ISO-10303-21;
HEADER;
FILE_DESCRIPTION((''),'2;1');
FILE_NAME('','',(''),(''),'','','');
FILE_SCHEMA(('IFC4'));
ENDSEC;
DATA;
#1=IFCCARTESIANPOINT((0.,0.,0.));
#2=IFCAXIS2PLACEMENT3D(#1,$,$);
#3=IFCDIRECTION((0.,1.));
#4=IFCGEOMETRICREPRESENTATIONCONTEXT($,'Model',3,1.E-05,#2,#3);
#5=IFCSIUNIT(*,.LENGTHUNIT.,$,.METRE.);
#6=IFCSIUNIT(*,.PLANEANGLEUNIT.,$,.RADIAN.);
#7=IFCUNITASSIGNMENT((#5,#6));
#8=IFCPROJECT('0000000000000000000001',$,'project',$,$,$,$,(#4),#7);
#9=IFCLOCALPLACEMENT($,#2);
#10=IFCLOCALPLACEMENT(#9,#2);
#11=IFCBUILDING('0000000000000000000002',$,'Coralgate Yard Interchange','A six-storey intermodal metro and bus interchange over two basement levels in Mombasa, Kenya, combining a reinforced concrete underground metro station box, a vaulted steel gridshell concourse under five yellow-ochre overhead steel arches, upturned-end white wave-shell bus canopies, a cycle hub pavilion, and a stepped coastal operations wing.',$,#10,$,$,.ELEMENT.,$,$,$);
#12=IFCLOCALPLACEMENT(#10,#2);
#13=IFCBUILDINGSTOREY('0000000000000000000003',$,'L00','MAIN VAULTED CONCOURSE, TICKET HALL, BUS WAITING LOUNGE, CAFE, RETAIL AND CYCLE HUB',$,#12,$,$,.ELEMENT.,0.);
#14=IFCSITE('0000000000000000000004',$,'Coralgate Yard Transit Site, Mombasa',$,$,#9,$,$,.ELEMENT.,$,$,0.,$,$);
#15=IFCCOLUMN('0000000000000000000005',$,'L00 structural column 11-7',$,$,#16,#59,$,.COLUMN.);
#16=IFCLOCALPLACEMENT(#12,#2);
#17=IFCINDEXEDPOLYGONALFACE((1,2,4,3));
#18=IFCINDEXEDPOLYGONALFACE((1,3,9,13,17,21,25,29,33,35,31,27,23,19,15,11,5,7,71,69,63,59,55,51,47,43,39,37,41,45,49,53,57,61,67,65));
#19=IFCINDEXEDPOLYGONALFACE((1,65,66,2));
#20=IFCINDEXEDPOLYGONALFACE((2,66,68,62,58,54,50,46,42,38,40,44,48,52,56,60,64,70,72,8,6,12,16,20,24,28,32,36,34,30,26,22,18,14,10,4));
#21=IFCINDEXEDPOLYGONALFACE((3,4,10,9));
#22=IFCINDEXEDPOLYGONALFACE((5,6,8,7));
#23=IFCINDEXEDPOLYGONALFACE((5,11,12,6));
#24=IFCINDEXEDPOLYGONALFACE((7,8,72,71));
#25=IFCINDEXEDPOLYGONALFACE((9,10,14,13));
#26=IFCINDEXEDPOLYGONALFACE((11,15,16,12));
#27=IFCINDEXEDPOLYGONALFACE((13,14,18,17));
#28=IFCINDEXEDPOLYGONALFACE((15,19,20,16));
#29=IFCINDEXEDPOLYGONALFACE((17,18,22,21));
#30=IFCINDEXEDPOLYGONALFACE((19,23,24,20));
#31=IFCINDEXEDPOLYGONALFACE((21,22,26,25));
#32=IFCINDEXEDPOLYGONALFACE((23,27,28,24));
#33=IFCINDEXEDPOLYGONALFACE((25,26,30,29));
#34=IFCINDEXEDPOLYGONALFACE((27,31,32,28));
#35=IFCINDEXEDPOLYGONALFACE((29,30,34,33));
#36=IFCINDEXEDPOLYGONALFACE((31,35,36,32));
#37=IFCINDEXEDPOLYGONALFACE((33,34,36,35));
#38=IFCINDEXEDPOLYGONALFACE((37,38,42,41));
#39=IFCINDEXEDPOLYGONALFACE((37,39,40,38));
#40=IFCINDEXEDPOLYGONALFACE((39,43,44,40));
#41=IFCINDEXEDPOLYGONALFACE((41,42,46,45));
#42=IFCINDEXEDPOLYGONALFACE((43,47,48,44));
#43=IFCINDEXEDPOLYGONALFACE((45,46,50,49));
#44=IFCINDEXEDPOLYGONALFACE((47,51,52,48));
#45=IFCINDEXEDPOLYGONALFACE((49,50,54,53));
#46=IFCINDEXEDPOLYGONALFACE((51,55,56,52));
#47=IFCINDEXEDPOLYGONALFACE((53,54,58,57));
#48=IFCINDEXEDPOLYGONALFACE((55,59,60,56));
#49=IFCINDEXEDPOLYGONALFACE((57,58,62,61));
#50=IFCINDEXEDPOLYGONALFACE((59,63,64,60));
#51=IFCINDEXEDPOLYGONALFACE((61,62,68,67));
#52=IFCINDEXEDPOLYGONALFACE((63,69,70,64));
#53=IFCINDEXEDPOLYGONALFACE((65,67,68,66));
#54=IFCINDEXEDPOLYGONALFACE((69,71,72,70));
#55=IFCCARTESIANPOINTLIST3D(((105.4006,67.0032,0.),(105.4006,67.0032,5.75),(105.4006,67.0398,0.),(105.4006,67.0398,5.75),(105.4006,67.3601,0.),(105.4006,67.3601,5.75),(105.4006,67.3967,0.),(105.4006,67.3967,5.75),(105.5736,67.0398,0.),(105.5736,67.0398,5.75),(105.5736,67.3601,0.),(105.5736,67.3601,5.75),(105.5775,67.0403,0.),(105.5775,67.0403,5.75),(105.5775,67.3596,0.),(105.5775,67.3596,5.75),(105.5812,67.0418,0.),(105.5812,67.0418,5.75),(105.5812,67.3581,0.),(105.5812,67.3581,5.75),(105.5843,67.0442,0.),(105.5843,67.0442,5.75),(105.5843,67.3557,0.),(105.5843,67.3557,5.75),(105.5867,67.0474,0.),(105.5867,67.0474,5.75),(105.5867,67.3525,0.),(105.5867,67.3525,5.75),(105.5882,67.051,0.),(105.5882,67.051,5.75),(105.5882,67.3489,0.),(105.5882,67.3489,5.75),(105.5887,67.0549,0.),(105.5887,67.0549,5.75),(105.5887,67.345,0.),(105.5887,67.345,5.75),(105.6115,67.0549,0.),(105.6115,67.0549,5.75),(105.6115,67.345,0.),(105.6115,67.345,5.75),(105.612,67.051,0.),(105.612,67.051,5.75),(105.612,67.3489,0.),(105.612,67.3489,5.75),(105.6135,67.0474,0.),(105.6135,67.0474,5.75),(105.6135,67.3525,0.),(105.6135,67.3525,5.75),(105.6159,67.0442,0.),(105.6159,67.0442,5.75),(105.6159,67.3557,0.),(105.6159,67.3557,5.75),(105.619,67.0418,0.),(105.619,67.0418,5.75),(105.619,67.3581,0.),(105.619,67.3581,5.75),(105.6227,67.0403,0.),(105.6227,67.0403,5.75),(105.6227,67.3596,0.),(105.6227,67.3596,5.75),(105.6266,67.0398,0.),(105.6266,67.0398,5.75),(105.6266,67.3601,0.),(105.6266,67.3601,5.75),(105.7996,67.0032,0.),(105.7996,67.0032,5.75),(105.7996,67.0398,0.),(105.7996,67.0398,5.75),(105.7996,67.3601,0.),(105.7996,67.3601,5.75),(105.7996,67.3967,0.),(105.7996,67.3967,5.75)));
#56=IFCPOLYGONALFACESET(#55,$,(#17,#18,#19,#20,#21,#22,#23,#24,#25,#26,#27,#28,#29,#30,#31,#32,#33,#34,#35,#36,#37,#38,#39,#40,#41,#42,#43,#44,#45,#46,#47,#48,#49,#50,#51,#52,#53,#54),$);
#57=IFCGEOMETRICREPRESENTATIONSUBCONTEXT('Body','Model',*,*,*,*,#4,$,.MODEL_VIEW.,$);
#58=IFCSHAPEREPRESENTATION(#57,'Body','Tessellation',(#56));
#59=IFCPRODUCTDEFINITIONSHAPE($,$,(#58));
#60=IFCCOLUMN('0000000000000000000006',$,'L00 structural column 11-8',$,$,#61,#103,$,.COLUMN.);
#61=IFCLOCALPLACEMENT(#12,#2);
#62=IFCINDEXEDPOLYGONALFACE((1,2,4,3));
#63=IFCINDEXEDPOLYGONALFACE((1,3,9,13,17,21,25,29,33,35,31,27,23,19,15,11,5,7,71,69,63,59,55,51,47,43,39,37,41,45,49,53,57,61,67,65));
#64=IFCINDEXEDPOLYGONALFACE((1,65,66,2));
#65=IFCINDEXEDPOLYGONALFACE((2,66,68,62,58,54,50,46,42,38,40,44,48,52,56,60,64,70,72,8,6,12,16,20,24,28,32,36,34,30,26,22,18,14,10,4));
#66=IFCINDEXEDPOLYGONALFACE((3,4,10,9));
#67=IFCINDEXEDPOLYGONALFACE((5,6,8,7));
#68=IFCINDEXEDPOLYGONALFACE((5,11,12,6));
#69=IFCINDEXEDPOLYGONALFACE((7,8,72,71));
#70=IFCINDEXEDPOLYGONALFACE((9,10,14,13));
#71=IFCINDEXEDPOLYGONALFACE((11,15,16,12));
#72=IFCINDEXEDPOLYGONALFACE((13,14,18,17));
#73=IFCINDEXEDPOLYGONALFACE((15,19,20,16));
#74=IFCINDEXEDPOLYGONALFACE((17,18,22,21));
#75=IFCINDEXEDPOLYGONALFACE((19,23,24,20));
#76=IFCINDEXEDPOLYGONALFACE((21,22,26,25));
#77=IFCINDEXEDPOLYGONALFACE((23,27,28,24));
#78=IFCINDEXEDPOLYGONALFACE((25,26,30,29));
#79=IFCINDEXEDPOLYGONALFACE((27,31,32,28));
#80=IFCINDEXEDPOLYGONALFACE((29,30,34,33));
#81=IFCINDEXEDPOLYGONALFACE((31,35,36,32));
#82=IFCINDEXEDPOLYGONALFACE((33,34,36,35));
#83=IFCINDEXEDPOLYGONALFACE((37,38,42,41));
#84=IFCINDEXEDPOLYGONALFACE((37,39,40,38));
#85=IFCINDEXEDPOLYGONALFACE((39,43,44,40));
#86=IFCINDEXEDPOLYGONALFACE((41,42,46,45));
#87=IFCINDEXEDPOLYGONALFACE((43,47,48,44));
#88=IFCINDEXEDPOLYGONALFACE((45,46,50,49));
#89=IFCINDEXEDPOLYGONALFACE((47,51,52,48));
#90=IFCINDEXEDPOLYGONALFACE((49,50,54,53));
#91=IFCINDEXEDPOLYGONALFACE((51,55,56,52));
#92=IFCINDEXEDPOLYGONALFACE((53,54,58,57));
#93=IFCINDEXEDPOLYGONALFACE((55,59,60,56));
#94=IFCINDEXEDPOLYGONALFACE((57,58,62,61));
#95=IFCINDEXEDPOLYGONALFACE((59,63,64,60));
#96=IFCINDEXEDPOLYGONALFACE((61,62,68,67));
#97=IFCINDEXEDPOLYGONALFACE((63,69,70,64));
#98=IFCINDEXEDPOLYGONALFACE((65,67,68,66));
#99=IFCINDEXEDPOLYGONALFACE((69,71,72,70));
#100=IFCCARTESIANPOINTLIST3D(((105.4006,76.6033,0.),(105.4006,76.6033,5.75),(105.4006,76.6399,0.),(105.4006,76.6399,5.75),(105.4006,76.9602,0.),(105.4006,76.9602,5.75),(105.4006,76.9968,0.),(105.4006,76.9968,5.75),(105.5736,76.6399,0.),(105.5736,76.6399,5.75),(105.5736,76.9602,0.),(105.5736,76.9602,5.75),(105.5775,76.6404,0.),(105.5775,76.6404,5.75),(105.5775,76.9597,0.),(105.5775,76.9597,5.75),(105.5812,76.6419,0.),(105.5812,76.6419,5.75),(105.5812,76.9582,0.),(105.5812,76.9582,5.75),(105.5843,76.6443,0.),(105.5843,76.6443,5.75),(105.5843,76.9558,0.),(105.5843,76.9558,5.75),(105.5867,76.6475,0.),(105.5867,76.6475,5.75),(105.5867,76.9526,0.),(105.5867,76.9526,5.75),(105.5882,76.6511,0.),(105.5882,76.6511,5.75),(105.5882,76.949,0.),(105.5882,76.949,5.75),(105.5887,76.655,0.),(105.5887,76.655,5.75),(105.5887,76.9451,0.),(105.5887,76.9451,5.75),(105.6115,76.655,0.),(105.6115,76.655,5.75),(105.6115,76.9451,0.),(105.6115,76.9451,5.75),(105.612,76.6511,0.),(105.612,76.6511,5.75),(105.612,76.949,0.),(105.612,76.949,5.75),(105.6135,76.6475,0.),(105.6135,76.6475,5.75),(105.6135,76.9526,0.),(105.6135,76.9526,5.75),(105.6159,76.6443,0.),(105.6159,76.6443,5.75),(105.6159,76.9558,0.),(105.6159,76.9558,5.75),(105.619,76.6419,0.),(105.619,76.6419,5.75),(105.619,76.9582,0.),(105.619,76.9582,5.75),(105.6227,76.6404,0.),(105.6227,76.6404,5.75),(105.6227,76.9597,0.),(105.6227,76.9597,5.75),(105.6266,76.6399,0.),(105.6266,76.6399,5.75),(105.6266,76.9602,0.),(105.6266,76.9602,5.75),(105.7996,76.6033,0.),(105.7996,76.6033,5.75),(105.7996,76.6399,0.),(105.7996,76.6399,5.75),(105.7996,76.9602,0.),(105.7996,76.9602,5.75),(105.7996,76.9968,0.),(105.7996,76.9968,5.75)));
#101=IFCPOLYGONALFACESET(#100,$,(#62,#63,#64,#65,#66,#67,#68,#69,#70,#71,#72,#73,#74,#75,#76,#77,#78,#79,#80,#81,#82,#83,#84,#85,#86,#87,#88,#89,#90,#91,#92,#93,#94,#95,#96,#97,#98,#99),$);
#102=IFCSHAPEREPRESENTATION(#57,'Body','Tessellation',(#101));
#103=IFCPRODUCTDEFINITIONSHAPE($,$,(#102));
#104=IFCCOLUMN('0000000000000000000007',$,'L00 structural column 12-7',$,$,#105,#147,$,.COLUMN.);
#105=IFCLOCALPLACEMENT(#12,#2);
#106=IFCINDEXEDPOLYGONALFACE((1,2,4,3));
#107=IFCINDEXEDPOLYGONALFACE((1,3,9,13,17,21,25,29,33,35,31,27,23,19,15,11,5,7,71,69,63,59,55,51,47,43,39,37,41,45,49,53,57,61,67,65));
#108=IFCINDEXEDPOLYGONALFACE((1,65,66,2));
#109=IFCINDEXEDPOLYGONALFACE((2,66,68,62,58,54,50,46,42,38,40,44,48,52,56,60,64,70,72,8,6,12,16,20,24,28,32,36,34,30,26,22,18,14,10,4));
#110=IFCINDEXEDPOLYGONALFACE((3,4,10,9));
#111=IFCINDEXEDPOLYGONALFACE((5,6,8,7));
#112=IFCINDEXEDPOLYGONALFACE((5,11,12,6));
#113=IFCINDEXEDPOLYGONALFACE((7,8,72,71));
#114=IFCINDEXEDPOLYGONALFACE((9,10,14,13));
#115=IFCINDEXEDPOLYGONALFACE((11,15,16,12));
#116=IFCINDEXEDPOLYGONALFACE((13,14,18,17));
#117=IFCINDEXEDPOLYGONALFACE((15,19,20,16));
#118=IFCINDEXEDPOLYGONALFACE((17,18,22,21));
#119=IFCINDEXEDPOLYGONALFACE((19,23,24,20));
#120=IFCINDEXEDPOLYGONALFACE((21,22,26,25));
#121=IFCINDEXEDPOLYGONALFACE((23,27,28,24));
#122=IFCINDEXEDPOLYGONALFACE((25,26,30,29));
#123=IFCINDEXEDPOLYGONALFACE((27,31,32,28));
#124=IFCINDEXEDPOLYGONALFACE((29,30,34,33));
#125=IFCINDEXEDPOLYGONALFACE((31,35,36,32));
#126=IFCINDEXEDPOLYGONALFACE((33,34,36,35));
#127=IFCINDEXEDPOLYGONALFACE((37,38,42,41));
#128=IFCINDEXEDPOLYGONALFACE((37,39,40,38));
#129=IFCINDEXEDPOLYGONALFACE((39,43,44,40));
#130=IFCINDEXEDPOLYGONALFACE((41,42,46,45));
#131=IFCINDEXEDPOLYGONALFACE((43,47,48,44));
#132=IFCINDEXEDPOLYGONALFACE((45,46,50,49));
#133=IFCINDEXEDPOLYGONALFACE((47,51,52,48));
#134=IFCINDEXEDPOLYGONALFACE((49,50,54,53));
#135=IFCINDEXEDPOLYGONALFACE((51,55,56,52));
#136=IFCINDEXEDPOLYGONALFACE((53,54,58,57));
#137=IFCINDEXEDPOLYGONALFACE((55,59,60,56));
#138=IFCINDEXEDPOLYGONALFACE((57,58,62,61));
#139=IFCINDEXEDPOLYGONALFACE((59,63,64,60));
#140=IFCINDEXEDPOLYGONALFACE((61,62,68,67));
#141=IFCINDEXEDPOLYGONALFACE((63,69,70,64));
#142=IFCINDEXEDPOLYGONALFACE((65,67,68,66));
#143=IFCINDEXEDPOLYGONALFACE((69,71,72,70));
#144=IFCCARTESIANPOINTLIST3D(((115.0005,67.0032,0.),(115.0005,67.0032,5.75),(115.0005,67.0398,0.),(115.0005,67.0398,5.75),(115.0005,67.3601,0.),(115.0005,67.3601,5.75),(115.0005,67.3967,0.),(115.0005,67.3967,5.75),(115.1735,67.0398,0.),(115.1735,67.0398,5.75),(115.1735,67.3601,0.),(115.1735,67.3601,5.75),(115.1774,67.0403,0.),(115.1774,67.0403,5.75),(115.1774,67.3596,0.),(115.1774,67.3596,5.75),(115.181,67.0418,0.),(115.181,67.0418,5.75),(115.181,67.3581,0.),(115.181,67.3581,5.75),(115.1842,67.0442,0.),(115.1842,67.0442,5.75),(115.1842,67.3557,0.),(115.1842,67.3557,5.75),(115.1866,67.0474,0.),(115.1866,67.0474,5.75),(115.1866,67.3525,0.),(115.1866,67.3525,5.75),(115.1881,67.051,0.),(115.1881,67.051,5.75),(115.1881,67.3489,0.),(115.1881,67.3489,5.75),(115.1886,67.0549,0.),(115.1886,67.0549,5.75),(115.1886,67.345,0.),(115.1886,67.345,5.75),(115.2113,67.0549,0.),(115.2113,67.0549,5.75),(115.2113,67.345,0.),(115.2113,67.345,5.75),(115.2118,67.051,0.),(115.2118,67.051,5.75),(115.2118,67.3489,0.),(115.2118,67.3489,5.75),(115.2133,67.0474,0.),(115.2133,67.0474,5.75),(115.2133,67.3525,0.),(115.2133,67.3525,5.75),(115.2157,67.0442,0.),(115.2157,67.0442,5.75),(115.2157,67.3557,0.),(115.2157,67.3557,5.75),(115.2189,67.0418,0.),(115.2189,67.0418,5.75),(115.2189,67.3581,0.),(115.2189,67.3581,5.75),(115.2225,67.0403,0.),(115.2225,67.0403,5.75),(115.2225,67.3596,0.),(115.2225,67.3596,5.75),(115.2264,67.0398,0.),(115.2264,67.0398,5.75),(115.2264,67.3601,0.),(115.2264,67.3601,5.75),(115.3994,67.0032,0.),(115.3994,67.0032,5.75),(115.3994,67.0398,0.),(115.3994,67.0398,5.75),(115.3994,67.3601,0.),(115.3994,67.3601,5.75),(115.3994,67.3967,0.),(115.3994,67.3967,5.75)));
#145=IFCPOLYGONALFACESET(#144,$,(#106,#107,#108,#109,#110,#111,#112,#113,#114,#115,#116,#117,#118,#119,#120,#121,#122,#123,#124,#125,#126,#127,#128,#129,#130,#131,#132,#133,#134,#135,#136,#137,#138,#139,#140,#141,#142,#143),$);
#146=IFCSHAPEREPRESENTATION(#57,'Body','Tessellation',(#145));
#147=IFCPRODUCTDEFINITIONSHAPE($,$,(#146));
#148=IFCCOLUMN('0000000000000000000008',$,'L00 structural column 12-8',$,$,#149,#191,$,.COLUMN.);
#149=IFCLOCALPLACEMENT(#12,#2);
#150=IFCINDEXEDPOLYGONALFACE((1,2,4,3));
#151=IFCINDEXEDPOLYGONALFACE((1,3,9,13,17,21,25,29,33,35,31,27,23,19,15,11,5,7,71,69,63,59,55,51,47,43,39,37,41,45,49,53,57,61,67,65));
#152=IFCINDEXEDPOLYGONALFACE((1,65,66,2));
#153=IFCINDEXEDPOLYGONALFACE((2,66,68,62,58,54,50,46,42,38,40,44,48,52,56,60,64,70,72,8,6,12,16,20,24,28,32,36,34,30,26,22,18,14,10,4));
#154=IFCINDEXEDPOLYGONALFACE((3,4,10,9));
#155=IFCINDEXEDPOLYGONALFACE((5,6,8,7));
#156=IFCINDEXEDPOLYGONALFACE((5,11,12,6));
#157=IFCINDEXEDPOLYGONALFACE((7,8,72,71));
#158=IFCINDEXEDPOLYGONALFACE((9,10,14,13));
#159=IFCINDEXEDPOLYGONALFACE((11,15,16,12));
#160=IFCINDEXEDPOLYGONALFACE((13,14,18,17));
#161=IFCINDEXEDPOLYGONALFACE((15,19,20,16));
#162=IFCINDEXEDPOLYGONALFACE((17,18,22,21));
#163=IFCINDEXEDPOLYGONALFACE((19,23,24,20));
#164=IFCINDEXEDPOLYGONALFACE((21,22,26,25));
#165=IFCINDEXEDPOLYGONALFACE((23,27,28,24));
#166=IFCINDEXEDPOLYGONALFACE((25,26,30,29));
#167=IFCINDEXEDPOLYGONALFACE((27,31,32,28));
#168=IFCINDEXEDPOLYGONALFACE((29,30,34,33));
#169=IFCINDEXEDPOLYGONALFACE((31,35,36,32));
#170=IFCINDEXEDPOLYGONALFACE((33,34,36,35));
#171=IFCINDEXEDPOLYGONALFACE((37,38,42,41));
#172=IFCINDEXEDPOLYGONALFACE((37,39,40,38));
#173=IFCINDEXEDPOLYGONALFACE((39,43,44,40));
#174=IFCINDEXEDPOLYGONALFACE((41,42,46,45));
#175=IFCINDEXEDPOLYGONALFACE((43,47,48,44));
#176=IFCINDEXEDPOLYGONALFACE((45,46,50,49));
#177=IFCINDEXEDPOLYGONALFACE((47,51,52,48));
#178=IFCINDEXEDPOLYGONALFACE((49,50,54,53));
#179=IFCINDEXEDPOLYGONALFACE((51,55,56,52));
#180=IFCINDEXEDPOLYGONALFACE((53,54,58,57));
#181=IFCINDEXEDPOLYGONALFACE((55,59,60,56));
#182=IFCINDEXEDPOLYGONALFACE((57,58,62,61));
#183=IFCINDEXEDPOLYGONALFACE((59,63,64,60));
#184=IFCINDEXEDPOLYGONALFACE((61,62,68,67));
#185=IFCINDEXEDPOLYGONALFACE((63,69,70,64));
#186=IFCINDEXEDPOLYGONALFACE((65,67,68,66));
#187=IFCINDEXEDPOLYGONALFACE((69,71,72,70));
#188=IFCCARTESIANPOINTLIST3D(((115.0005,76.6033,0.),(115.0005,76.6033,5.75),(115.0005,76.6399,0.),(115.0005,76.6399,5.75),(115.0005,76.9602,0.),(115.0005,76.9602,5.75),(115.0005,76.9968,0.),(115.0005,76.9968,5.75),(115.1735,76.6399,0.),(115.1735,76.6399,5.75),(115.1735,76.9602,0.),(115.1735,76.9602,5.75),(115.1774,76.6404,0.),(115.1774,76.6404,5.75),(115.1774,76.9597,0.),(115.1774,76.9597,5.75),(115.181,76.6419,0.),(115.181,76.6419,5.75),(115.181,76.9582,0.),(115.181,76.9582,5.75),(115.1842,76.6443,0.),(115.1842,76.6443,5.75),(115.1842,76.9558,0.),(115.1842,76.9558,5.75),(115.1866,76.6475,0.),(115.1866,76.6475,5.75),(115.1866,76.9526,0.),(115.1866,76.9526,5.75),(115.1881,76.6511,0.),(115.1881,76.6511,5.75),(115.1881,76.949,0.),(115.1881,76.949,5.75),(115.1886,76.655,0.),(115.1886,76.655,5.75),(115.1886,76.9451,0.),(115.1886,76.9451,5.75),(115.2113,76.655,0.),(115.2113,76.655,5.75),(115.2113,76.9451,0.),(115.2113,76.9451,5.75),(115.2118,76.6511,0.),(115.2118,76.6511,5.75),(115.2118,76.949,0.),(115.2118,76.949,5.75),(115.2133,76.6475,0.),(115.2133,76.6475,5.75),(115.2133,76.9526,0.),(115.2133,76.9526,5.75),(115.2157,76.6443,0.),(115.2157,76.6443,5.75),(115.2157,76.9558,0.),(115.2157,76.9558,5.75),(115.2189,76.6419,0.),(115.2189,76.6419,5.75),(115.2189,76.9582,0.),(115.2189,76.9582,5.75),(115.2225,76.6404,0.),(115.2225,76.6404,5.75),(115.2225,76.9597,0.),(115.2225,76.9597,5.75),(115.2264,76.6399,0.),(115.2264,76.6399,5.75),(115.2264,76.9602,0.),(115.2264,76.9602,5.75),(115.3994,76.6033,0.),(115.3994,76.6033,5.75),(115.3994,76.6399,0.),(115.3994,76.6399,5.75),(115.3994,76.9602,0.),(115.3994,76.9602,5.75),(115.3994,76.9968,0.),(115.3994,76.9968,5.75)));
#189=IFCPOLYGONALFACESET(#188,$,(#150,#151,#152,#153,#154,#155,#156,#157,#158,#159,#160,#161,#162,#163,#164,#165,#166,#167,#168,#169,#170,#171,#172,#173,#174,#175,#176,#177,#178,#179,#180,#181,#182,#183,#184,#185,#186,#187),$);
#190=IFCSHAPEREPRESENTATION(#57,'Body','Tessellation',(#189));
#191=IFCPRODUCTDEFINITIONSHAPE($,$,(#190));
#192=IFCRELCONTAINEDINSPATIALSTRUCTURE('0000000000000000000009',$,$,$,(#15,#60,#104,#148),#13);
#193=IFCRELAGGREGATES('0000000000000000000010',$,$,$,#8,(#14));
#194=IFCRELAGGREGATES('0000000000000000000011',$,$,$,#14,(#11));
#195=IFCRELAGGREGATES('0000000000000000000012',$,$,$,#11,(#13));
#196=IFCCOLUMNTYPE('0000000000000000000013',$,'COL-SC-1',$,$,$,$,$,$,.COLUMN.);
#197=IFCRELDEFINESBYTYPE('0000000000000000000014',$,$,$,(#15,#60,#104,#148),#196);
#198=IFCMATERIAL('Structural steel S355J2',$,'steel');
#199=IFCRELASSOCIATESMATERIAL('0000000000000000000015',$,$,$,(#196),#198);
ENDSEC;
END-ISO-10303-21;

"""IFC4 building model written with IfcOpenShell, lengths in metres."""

from ifc_helpers import new_model, si_unit, direction, frame, origin, origin_2d, place, context, subcontext, project, spatial, i_section, extrude, material, material_profile, profile_set, type_object, element, save


model = new_model("IFC4")

# Units and contexts
model_context = context("Model", 3, precision=1e-05, world=origin(), true_north=direction((0.0, 1.0)))
body_context = subcontext(model_context, "Body", "Model", "MODEL_VIEW")
ifc_project = project(units=[si_unit("LENGTHUNIT", "METRE"), si_unit("PLANEANGLEUNIT", "RADIAN")], contexts=[model_context])

# Site, building, storey
site_placement = place(None, origin())
site = spatial("IfcSite", under=ifc_project, at=site_placement, Name="Coralgate Yard Transit Site, Mombasa", CompositionType="ELEMENT", RefElevation=0.0)
building_placement = place(site_placement, origin())
building = spatial("IfcBuilding", under=site, at=building_placement, Name="Coralgate Yard Interchange", Description="A six-storey intermodal metro and bus interchange over two basement levels in Mombasa, Kenya, combining a reinforced concrete underground metro station box, a vaulted steel gridshell concourse under five yellow-ochre overhead steel arches, upturned-end white wave-shell bus canopies, a cycle hub pavilion, and a stepped coastal operations wing.", CompositionType="ELEMENT")
storey_placement = place(building_placement, origin())
storey = spatial("IfcBuildingStorey", under=building, at=storey_placement, Name="L00", Description="MAIN VAULTED CONCOURSE, TICKET HALL, BUS WAITING LOUNGE, CAFE, RETAIL AND CYCLE HUB", CompositionType="ELEMENT", Elevation=0.0)

# Columns
ifc_material_1 = material(Name="Structural steel S355J2", Category="steel")
ifc_material_profile_1 = material_profile(ifc_material_1, i_section(OverallWidth=0.3989, OverallDepth=0.3936, WebThickness=0.0227, FlangeThickness=0.0366, FilletRadius=0.0151, at=origin_2d()), Name="UC 356x406x287")
ifc_profile_set_1 = profile_set([ifc_material_profile_1], Name="Structural steel S355J2")
column_type = type_object("IfcColumnType", Name="COL-SC-1", PredefinedType="COLUMN", material=ifc_profile_set_1)
for number, where, z_axis, x_axis, name in (
    (1, (105.6001, 67.2, 0.0), (0.0, 0.0, 1.0), (1.0, 0.0, 0.0), "L00 structural column 11-7"),
    (2, (105.6001, 76.8, 0.0), (0.0, 0.0, 1.0), (1.0, 0.0, 0.0), "L00 structural column 11-8"),
    (3, (115.2, 67.2, 0.0), (0.0, 0.0, 1.0), (1.0, 0.0, 0.0), "L00 structural column 12-7"),
    (4, (115.2, 76.8, 0.0), (0.0, 0.0, 1.0), (1.0, 0.0, 0.0), "L00 structural column 12-8"),
):
    element("IfcColumn", number, at=place(storey_placement, frame(where, z_axis=z_axis, x_axis=x_axis)), inside=storey, type_object=column_type, Name=name, PredefinedType="COLUMN", context=body_context, shape_type="SweptSolid", body=[
        extrude(i_section(OverallWidth=0.3989, OverallDepth=0.3936, WebThickness=0.0227, FlangeThickness=0.0366, FilletRadius=0.0151, at=origin_2d()), origin(), (0.0, 0.0, 1.0), 5.75),
    ])

save(model, "model.ifc")
